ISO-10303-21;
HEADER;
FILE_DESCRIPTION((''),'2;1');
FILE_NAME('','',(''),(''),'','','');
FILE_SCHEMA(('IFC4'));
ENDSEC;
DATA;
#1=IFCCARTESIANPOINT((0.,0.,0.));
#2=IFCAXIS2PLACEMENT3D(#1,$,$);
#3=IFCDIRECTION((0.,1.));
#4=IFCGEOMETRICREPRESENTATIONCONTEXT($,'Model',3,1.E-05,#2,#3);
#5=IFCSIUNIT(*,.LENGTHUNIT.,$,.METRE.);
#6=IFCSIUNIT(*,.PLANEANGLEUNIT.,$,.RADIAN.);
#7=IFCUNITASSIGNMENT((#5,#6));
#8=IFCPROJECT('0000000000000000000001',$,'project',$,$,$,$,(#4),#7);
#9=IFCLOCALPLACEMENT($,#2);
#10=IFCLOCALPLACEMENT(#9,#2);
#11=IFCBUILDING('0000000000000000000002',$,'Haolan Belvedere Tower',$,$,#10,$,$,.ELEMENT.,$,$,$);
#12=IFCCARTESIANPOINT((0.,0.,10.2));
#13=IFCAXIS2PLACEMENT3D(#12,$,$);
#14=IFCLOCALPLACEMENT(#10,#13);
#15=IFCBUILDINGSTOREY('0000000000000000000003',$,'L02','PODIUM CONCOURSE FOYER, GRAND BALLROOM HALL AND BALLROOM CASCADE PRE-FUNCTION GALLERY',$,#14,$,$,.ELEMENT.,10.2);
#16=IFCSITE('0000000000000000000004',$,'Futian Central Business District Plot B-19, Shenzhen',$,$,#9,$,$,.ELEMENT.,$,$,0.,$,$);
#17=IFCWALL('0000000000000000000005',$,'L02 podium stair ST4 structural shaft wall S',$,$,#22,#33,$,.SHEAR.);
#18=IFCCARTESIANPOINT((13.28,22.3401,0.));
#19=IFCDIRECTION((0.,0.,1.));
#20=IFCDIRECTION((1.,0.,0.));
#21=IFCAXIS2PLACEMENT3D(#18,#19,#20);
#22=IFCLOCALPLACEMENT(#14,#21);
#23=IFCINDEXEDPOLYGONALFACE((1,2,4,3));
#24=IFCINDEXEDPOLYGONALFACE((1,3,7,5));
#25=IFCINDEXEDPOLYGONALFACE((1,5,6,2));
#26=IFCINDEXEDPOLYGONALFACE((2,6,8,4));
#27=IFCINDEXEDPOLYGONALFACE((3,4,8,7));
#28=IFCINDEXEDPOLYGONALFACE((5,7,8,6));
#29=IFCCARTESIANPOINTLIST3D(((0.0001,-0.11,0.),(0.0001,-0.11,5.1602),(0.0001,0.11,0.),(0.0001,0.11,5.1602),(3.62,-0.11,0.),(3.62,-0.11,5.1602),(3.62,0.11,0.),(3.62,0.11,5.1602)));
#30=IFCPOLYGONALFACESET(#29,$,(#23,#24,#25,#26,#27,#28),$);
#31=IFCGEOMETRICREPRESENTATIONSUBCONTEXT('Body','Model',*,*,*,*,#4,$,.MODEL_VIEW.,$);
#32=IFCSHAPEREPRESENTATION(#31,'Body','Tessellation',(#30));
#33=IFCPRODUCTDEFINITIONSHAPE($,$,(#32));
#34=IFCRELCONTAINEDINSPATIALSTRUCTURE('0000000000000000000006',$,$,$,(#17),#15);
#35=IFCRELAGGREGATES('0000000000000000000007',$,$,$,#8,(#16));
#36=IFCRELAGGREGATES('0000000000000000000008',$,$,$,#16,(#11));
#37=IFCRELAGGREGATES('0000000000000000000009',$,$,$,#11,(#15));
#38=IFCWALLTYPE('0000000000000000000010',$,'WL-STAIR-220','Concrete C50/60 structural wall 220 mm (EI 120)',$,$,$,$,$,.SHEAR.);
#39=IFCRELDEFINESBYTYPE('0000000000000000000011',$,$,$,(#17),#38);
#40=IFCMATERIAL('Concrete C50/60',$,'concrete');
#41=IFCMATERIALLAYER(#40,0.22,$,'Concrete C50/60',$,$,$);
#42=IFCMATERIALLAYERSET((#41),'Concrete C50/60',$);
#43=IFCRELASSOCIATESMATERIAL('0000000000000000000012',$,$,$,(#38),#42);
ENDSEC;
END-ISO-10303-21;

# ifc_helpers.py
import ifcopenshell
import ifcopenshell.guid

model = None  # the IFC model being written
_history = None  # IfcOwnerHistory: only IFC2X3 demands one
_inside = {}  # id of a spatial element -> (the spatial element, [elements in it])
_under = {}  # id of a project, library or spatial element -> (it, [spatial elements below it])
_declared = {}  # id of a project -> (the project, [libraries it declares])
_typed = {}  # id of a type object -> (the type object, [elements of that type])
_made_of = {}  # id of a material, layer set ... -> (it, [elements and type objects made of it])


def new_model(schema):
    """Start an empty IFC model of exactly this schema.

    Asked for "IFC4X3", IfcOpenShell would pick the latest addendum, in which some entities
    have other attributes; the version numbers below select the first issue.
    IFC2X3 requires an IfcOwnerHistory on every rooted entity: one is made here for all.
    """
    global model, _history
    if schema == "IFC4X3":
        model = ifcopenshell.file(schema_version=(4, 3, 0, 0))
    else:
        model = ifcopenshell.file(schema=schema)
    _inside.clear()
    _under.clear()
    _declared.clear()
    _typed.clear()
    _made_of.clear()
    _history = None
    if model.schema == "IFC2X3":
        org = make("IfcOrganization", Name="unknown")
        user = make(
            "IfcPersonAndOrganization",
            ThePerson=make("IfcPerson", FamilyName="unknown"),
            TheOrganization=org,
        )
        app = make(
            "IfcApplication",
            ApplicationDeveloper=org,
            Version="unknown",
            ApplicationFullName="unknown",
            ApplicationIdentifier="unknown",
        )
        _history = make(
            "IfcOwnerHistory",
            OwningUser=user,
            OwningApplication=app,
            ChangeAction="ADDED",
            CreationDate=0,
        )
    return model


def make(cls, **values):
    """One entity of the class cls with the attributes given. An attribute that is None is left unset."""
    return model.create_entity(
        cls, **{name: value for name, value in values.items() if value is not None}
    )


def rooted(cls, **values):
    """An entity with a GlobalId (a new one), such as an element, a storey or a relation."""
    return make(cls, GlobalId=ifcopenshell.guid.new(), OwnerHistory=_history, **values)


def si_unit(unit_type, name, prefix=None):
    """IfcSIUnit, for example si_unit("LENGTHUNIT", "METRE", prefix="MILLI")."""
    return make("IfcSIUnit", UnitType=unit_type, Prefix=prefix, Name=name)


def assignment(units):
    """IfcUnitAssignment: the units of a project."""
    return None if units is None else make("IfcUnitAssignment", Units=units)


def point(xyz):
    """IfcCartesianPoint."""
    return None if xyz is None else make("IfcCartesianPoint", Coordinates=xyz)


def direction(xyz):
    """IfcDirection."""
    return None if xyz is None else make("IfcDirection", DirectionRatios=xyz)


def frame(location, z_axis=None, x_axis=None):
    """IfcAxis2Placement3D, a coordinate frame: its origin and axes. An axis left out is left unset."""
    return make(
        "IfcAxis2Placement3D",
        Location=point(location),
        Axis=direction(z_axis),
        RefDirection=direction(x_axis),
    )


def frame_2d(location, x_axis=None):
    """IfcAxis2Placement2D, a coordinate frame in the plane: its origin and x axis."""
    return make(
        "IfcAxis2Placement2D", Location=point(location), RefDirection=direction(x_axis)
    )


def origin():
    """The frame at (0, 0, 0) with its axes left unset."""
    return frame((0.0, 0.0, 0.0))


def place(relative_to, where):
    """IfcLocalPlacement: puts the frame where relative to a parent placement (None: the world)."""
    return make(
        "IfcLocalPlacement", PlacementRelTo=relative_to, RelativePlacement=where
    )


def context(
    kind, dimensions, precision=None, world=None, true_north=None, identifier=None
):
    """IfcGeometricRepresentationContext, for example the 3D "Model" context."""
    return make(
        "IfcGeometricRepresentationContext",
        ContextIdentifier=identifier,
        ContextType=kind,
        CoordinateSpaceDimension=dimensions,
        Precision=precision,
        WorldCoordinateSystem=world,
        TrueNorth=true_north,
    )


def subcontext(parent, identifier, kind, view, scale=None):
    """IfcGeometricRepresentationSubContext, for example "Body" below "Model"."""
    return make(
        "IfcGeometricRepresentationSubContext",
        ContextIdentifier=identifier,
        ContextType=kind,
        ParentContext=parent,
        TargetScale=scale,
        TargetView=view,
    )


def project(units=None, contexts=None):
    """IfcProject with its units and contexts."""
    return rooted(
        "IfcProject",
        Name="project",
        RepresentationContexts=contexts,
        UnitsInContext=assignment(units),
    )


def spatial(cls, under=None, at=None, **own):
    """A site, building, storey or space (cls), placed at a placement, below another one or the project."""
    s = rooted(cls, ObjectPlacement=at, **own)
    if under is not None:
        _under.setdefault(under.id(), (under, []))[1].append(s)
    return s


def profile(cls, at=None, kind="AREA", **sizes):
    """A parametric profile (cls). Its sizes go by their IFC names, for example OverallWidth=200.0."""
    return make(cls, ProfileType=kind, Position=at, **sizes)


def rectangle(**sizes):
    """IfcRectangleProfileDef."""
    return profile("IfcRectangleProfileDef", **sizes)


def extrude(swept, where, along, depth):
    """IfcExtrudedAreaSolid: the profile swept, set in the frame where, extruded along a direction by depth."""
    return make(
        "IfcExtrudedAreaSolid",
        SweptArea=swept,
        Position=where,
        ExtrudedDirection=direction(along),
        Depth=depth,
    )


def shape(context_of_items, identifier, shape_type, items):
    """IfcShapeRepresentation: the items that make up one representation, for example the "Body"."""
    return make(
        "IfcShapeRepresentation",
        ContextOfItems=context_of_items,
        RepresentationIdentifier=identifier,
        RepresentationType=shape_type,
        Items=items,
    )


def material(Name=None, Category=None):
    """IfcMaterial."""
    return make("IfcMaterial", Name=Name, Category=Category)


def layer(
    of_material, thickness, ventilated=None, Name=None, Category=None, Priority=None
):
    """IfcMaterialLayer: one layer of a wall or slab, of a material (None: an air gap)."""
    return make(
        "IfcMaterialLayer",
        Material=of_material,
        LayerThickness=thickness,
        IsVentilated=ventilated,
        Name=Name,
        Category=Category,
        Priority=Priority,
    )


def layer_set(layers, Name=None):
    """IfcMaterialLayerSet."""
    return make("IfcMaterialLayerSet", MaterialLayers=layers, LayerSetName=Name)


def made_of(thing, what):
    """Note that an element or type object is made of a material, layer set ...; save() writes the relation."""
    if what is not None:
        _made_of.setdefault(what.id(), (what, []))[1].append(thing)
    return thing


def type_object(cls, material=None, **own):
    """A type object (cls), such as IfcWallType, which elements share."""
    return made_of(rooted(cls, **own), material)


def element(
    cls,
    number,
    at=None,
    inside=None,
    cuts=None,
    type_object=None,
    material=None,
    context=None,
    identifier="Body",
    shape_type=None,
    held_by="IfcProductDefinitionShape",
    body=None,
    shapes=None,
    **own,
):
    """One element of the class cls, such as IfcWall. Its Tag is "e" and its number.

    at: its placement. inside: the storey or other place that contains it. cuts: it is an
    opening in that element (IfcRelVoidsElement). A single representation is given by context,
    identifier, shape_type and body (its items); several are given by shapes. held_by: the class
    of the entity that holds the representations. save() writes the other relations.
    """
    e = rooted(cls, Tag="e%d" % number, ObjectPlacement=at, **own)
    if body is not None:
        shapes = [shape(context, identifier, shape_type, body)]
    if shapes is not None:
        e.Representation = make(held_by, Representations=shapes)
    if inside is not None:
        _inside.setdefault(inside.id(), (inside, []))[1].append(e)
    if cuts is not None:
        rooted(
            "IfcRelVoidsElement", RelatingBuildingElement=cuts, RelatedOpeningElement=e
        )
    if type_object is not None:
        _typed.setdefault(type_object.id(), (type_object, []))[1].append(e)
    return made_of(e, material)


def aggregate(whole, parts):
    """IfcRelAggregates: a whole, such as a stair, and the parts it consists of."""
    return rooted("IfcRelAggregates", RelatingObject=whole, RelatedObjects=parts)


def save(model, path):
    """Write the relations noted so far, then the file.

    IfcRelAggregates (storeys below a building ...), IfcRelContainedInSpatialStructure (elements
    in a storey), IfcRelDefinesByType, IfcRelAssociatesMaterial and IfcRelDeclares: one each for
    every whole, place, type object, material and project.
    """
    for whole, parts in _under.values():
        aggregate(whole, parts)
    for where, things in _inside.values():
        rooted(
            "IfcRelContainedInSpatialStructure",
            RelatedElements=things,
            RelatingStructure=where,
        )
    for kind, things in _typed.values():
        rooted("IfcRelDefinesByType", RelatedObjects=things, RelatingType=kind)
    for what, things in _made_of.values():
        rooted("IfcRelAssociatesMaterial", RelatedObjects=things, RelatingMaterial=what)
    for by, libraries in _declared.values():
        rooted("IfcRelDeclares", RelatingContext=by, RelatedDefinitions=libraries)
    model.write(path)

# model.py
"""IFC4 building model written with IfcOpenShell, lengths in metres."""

from ifc_helpers import new_model, si_unit, direction, frame, frame_2d, origin, place, context, subcontext, project, spatial, rectangle, extrude, material, layer, layer_set, type_object, element, save


model = new_model("IFC4")

# Units and contexts
model_context = context("Model", 3, precision=1e-05, world=origin(), true_north=direction((0.0, 1.0)))
body_context = subcontext(model_context, "Body", "Model", "MODEL_VIEW")
ifc_project = project(units=[si_unit("LENGTHUNIT", "METRE"), si_unit("PLANEANGLEUNIT", "RADIAN")], contexts=[model_context])

# Site, building, storey
site_placement = place(None, origin())
site = spatial("IfcSite", under=ifc_project, at=site_placement, Name="Futian Central Business District Plot B-19, Shenzhen", CompositionType="ELEMENT", RefElevation=0.0)
building_placement = place(site_placement, origin())
building = spatial("IfcBuilding", under=site, at=building_placement, Name="Haolan Belvedere Tower", CompositionType="ELEMENT")
storey_placement = place(building_placement, frame((0.0, 0.0, 10.2)))
storey = spatial("IfcBuildingStorey", under=building, at=storey_placement, Name="L02", Description="PODIUM CONCOURSE FOYER, GRAND BALLROOM HALL AND BALLROOM CASCADE PRE-FUNCTION GALLERY", CompositionType="ELEMENT", Elevation=10.2)

# Wall
ifc_material_1 = material(Name="Concrete C50/60", Category="concrete")
ifc_layer_1 = layer(ifc_material_1, 0.22, Name="Concrete C50/60")
ifc_layer_set_1 = layer_set([ifc_layer_1], Name="Concrete C50/60")
wall_type_1 = type_object("IfcWallType", Name="WL-STAIR-220", Description="Concrete C50/60 structural wall 220 mm (EI 120)", PredefinedType="SHEAR", material=ifc_layer_set_1)
wall_1_placement = place(storey_placement, frame((13.28, 22.3401, 0.0), z_axis=(0.0, 0.0, 1.0), x_axis=(1.0, 0.0, 0.0)))
element("IfcWall", 1, at=wall_1_placement, inside=storey, type_object=wall_type_1, Name="L02 podium stair ST4 structural shaft wall S", PredefinedType="SHEAR", context=body_context, shape_type="SweptSolid", body=[
    extrude(rectangle(XDim=3.6199, YDim=0.22, at=frame_2d((1.8101, 0.0))), origin(), (0.0, 0.0, 1.0), 5.1602),
])

save(model, "model.ifc")
